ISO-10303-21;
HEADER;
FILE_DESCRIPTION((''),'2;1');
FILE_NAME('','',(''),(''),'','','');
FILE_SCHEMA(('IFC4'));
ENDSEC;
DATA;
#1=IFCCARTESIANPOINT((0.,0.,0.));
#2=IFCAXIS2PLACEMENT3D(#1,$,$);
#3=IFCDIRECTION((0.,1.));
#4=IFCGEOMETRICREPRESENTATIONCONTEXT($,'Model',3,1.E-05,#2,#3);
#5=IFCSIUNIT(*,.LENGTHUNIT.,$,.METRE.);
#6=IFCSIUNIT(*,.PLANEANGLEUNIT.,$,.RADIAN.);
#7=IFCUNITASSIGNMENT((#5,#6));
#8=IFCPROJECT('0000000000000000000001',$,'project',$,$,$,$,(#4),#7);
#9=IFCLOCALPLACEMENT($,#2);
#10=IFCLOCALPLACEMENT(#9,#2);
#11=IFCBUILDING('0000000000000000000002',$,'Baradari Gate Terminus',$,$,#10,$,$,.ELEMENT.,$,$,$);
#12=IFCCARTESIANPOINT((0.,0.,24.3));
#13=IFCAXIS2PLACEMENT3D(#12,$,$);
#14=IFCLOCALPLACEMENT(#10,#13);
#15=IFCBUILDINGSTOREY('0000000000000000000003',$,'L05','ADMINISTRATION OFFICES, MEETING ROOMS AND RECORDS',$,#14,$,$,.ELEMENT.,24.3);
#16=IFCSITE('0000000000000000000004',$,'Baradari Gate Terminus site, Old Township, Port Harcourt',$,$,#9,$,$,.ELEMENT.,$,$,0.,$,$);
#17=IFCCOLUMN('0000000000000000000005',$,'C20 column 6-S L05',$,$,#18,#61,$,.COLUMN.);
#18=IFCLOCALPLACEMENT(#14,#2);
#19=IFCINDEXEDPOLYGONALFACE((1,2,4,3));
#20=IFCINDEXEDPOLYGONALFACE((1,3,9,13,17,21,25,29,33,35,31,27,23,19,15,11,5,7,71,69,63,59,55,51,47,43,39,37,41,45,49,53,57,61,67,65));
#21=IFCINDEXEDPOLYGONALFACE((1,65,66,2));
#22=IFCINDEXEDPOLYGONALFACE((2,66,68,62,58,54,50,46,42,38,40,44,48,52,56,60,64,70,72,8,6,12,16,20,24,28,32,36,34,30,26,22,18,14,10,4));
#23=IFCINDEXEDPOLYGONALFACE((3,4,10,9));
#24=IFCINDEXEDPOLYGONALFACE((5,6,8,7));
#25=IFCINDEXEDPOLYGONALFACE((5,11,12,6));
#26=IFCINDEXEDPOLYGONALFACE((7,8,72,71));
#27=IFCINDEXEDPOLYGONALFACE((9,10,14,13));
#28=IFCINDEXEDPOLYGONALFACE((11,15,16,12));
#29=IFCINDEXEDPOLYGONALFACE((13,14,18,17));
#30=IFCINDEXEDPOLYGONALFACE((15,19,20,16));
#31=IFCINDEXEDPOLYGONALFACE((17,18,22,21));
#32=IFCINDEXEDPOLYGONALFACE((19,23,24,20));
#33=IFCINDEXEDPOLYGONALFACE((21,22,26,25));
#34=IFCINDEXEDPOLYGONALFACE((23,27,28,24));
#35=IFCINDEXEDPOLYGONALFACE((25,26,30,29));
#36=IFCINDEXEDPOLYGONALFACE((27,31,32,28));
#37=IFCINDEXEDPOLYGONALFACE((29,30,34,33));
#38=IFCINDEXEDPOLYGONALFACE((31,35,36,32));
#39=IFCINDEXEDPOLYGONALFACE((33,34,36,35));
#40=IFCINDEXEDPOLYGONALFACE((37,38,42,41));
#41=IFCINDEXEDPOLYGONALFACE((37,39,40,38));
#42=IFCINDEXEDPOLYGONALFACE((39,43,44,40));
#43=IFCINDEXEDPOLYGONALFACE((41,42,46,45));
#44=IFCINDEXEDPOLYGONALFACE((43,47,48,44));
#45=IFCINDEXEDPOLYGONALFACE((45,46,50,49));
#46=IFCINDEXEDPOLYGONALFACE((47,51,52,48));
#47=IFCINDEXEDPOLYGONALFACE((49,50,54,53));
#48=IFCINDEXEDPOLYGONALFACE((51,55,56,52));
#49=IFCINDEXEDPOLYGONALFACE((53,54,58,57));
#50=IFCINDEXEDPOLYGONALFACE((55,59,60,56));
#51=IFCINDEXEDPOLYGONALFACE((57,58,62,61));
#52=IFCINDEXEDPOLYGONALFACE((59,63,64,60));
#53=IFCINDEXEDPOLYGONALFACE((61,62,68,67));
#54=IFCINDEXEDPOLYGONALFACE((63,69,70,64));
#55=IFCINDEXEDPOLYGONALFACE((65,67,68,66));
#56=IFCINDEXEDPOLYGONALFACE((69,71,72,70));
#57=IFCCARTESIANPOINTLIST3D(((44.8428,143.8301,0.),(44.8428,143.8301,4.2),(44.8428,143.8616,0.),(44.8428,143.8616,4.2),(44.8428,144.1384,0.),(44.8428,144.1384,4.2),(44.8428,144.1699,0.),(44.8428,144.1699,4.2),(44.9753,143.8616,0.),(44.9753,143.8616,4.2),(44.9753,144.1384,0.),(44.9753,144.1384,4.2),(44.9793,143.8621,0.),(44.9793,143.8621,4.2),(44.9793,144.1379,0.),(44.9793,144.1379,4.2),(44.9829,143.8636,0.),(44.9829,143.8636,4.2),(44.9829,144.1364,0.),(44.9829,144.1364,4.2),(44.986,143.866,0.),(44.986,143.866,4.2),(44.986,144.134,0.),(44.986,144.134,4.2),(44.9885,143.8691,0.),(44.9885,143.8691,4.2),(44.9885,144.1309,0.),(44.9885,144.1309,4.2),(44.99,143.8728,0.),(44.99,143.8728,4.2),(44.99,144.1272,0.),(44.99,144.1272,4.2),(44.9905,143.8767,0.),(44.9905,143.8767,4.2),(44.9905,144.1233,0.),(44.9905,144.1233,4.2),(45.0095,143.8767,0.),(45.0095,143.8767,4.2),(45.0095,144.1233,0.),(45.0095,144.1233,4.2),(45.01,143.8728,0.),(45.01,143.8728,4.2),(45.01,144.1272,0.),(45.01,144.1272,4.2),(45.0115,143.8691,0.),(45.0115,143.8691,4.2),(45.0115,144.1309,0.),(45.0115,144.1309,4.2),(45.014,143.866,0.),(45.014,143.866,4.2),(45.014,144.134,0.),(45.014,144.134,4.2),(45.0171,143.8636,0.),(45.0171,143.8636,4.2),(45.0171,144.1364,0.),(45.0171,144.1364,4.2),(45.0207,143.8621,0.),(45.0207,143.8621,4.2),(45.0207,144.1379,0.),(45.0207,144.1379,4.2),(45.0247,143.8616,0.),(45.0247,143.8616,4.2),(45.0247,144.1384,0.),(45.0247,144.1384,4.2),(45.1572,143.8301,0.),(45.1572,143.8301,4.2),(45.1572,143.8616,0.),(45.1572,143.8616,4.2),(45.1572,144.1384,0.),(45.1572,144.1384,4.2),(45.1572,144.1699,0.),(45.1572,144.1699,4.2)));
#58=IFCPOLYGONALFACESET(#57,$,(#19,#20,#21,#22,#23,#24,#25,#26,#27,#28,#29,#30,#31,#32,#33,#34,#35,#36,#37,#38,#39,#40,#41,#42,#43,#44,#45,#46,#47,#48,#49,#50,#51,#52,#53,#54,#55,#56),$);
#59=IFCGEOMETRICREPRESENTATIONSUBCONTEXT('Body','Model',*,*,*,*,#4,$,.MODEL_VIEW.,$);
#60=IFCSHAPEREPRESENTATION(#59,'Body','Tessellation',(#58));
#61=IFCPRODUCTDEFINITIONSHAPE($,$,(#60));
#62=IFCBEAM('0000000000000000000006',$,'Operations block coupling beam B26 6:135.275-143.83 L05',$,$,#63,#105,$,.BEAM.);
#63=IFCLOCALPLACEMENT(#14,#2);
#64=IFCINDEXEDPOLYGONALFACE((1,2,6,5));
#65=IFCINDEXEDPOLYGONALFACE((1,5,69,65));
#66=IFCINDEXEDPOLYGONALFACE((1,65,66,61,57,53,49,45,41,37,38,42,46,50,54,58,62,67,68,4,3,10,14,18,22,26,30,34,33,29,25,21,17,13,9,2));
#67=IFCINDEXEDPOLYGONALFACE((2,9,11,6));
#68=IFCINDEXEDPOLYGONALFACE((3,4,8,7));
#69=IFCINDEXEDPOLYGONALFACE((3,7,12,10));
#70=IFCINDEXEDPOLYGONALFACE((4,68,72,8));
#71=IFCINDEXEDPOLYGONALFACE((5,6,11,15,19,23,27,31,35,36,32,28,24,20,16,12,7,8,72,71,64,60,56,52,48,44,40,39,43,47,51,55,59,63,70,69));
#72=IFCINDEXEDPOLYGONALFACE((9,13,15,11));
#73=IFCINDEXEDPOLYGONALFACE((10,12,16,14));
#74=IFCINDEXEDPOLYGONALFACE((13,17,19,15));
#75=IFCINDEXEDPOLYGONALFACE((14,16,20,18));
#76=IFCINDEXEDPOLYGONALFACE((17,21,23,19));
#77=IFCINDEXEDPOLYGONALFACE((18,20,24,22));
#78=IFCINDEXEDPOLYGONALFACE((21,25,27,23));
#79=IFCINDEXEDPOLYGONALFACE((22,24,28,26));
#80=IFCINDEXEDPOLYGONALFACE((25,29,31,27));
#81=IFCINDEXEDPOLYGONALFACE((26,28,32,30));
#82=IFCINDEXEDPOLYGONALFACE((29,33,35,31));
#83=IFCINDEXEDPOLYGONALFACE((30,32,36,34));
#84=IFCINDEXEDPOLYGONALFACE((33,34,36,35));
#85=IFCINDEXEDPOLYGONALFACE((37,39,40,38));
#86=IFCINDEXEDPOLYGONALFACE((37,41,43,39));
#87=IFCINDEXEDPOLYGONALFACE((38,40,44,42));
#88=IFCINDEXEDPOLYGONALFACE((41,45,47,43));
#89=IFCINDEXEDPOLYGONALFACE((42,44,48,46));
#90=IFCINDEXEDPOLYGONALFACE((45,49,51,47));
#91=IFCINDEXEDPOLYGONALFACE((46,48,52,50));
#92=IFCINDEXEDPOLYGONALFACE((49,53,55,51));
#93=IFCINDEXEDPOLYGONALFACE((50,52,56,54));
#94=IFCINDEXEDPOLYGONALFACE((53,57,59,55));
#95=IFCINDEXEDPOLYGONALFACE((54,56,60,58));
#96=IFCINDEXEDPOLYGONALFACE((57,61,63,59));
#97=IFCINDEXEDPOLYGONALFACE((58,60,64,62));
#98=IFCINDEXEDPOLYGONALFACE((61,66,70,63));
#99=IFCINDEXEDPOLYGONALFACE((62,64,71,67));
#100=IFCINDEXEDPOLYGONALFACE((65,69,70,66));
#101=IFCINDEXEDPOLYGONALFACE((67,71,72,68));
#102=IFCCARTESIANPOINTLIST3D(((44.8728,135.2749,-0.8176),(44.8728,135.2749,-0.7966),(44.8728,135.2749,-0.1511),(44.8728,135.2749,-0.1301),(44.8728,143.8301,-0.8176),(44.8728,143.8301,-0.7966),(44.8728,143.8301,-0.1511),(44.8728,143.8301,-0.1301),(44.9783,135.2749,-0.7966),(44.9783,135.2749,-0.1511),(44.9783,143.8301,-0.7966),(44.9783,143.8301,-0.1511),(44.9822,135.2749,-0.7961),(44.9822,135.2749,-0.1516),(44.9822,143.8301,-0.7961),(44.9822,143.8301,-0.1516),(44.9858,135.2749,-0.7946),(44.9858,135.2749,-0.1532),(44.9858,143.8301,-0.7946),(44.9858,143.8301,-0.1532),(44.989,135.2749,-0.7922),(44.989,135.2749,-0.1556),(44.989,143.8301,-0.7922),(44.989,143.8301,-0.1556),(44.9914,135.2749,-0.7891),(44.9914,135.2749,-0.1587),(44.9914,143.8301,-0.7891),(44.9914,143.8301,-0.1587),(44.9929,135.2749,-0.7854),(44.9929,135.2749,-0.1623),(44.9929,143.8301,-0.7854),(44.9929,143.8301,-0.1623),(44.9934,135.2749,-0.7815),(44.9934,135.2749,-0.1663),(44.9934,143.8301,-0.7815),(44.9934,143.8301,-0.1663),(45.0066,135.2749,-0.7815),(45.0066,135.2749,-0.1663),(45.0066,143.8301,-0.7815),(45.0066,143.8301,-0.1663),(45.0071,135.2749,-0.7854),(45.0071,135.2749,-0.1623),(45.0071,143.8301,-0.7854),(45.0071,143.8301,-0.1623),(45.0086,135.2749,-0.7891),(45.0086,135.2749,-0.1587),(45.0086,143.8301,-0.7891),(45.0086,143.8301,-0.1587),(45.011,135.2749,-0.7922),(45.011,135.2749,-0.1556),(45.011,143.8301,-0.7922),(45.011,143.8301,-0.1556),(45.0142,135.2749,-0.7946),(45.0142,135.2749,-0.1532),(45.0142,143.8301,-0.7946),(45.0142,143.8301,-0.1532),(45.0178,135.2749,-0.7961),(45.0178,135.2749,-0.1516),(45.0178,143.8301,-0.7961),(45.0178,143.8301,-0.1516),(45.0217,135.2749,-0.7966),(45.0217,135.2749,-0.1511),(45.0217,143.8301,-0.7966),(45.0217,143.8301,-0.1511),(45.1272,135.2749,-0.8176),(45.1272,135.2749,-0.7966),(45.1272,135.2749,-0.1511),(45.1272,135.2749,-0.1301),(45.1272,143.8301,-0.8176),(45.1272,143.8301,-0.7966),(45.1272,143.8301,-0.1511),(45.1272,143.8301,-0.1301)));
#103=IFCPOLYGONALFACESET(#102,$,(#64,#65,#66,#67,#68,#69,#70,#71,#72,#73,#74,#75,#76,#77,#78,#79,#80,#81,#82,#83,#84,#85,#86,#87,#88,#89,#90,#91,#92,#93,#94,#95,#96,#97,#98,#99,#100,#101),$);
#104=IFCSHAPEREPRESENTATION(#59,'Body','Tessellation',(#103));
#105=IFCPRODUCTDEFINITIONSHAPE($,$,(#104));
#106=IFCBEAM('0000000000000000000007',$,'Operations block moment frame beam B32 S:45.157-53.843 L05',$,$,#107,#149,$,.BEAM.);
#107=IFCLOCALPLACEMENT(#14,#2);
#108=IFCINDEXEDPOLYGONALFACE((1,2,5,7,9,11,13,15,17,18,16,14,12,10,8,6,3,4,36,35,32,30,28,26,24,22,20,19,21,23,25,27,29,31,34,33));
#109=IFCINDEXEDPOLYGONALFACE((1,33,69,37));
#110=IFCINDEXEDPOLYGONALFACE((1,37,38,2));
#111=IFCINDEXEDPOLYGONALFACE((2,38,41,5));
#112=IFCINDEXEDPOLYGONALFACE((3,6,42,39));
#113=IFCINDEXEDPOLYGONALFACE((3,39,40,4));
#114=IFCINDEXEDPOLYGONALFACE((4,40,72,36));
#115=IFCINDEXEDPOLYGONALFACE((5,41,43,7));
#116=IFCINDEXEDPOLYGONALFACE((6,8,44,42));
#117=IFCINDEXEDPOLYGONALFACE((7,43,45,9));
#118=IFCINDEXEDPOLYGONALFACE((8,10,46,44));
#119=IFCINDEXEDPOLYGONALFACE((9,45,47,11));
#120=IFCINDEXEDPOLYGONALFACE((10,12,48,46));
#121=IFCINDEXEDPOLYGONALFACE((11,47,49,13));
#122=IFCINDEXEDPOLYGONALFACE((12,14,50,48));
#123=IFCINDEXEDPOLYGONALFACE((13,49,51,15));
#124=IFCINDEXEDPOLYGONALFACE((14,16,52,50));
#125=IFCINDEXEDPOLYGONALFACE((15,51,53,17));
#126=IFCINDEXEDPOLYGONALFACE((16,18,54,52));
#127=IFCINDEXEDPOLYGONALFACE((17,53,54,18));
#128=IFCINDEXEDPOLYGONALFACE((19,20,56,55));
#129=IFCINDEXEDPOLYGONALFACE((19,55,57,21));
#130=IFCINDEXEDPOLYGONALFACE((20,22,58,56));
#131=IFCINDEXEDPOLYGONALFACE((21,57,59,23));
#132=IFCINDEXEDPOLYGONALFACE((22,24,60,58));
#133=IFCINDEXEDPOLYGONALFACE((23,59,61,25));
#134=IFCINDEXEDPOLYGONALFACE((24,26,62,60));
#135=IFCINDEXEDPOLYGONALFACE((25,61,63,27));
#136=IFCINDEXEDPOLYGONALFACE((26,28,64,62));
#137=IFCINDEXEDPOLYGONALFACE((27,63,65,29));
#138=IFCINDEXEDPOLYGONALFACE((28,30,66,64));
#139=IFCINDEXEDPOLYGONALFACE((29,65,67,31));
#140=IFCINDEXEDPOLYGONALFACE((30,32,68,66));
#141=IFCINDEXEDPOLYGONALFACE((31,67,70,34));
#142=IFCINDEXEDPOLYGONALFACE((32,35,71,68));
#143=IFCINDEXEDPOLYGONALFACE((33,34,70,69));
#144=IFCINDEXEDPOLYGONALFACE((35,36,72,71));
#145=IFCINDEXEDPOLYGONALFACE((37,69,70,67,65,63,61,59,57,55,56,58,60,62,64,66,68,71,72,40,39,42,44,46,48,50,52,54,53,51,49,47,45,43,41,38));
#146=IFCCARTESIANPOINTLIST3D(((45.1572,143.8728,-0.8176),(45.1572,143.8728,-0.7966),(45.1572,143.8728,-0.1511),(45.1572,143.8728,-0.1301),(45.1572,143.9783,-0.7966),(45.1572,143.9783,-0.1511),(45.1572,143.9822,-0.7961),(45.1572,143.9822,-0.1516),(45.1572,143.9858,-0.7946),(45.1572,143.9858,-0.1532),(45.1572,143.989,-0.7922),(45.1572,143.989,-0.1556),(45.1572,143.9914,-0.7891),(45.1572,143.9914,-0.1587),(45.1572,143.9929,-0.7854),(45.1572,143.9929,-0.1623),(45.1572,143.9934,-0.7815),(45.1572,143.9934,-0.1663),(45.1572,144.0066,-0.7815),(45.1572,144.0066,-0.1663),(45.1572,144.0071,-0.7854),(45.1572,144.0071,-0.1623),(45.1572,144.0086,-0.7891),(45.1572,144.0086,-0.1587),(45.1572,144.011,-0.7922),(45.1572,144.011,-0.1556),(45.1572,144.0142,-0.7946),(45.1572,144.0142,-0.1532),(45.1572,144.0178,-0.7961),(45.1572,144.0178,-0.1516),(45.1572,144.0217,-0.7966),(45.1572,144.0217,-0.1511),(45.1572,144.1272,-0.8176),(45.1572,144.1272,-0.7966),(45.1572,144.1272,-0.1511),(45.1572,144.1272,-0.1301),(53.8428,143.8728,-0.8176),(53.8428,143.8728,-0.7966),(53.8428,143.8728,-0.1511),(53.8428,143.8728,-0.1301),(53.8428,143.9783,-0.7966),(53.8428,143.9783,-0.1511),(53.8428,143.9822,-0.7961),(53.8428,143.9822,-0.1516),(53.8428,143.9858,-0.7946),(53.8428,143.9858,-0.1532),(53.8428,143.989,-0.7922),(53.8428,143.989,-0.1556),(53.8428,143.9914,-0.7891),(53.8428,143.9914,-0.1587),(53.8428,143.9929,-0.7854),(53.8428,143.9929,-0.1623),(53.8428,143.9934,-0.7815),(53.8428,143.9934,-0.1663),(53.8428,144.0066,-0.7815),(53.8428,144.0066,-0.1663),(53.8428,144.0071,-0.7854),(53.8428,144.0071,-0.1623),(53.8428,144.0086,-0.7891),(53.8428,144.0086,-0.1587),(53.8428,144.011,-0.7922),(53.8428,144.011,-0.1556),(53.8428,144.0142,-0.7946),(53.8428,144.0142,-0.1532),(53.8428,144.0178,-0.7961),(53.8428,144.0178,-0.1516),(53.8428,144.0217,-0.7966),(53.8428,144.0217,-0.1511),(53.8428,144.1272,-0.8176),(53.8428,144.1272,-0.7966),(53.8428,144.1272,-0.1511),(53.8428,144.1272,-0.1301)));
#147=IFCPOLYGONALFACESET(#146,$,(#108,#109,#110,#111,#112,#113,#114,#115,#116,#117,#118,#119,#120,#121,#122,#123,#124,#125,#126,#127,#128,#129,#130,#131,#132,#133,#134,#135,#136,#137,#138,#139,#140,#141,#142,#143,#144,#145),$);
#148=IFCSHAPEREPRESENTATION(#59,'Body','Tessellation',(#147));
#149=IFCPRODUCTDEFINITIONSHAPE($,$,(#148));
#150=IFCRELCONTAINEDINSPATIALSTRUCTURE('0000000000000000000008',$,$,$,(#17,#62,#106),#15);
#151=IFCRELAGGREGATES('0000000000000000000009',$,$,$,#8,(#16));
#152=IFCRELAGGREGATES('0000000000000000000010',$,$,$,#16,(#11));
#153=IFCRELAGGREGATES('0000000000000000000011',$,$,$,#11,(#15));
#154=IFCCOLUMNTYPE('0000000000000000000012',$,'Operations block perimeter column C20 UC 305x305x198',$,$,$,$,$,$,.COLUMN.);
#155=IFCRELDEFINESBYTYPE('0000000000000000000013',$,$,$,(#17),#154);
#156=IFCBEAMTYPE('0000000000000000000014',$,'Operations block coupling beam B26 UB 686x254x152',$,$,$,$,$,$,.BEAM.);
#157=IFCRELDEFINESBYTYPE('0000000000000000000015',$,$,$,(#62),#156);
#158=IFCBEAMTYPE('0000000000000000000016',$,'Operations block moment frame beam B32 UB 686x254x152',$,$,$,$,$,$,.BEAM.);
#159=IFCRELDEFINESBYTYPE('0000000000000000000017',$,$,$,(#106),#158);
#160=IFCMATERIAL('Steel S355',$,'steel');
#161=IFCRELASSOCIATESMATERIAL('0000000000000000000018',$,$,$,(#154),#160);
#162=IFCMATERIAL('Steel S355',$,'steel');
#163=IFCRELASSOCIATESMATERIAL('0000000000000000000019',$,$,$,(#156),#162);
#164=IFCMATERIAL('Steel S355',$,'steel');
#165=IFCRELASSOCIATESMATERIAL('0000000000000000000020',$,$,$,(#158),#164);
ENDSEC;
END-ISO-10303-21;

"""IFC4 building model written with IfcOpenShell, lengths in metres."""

from ifc_helpers import new_model, si_unit, direction, frame, origin, origin_2d, place, context, subcontext, project, spatial, i_section, extrude, material, material_profile, profile_set, type_object, element, save


model = new_model("IFC4")

# Units and contexts
model_context = context("Model", 3, precision=1e-05, world=origin(), true_north=direction((0.0, 1.0)))
body_context = subcontext(model_context, "Body", "Model", "MODEL_VIEW")
ifc_project = project(units=[si_unit("LENGTHUNIT", "METRE"), si_unit("PLANEANGLEUNIT", "RADIAN")], contexts=[model_context])

# Site, building, storey
site_placement = place(None, origin())
site = spatial("IfcSite", under=ifc_project, at=site_placement, Name="Baradari Gate Terminus site, Old Township, Port Harcourt", CompositionType="ELEMENT", RefElevation=0.0)
building_placement = place(site_placement, origin())
building = spatial("IfcBuilding", under=site, at=building_placement, Name="Baradari Gate Terminus", CompositionType="ELEMENT")
storey_placement = place(building_placement, frame((0.0, 0.0, 24.3)))
storey = spatial("IfcBuildingStorey", under=building, at=storey_placement, Name="L05", Description="ADMINISTRATION OFFICES, MEETING ROOMS AND RECORDS", CompositionType="ELEMENT", Elevation=24.3)

# Column
ifc_material_1 = material(Name="Steel S355", Category="steel")
ifc_material_profile_1 = material_profile(ifc_material_1, i_section(OverallWidth=0.3145, OverallDepth=0.3398, WebThickness=0.019, FlangeThickness=0.0315, FilletRadius=0.0151, at=origin_2d()), Name="UC 305x305x198")
ifc_profile_set_1 = profile_set([ifc_material_profile_1], Name="Steel S355")
column_type = type_object("IfcColumnType", Name="Operations block perimeter column C20 UC 305x305x198", PredefinedType="COLUMN", material=ifc_profile_set_1)
column_placement = place(storey_placement, frame((45.0, 144.0, 0.0), z_axis=(0.0, 0.0, 1.0), x_axis=(1.0, 0.0, 0.0)))
element("IfcColumn", 1, at=column_placement, inside=storey, type_object=column_type, Name="C20 column 6-S L05", PredefinedType="COLUMN", context=body_context, shape_type="SweptSolid", body=[
    extrude(i_section(OverallWidth=0.3145, OverallDepth=0.3398, WebThickness=0.019, FlangeThickness=0.0315, FilletRadius=0.0151, at=origin_2d()), origin(), (0.0, 0.0, 1.0), 4.2),
])

# Beams
ifc_material_2 = material(Name="Steel S355", Category="steel")
ifc_material_profile_2 = material_profile(ifc_material_2, i_section(OverallWidth=0.2544, OverallDepth=0.6875, WebThickness=0.0132, FlangeThickness=0.021, FilletRadius=0.0151, at=origin_2d()), Name="UB 686x254x152")
ifc_profile_set_2 = profile_set([ifc_material_profile_2], Name="Steel S355")
beam_type_1 = type_object("IfcBeamType", Name="Operations block coupling beam B26 UB 686x254x152", PredefinedType="BEAM", material=ifc_profile_set_2)
beam_1_placement = place(storey_placement, frame((45.0, 135.2749, -0.4739), z_axis=(0.0, 1.0, 0.0), x_axis=(-1.0, 0.0, 0.0)))
element("IfcBeam", 2, at=beam_1_placement, inside=storey, type_object=beam_type_1, Name="Operations block coupling beam B26 6:135.275-143.83 L05", PredefinedType="BEAM", context=body_context, shape_type="SweptSolid", body=[
    extrude(i_section(OverallWidth=0.2544, OverallDepth=0.6875, WebThickness=0.0132, FlangeThickness=0.021, FilletRadius=0.0151, at=origin_2d()), origin(), (0.0, 0.0, 1.0), 8.5552),
])
ifc_material_3 = material(Name="Steel S355", Category="steel")
ifc_material_profile_3 = material_profile(ifc_material_3, i_section(OverallWidth=0.2544, OverallDepth=0.6875, WebThickness=0.0132, FlangeThickness=0.021, FilletRadius=0.0151, at=origin_2d()), Name="UB 686x254x152")
ifc_profile_set_3 = profile_set([ifc_material_profile_3], Name="Steel S355")
beam_type_2 = type_object("IfcBeamType", Name="Operations block moment frame beam B32 UB 686x254x152", PredefinedType="BEAM", material=ifc_profile_set_3)
beam_2_placement = place(storey_placement, frame((45.1572, 144.0, -0.4739), z_axis=(1.0, 0.0, 0.0), x_axis=(0.0, 1.0, 0.0)))
element("IfcBeam", 3, at=beam_2_placement, inside=storey, type_object=beam_type_2, Name="Operations block moment frame beam B32 S:45.157-53.843 L05", PredefinedType="BEAM", context=body_context, shape_type="SweptSolid", body=[
    extrude(i_section(OverallWidth=0.2544, OverallDepth=0.6875, WebThickness=0.0132, FlangeThickness=0.021, FilletRadius=0.0151, at=origin_2d()), origin(), (0.0, 0.0, 1.0), 8.6855),
])

save(model, "model.ifc")
